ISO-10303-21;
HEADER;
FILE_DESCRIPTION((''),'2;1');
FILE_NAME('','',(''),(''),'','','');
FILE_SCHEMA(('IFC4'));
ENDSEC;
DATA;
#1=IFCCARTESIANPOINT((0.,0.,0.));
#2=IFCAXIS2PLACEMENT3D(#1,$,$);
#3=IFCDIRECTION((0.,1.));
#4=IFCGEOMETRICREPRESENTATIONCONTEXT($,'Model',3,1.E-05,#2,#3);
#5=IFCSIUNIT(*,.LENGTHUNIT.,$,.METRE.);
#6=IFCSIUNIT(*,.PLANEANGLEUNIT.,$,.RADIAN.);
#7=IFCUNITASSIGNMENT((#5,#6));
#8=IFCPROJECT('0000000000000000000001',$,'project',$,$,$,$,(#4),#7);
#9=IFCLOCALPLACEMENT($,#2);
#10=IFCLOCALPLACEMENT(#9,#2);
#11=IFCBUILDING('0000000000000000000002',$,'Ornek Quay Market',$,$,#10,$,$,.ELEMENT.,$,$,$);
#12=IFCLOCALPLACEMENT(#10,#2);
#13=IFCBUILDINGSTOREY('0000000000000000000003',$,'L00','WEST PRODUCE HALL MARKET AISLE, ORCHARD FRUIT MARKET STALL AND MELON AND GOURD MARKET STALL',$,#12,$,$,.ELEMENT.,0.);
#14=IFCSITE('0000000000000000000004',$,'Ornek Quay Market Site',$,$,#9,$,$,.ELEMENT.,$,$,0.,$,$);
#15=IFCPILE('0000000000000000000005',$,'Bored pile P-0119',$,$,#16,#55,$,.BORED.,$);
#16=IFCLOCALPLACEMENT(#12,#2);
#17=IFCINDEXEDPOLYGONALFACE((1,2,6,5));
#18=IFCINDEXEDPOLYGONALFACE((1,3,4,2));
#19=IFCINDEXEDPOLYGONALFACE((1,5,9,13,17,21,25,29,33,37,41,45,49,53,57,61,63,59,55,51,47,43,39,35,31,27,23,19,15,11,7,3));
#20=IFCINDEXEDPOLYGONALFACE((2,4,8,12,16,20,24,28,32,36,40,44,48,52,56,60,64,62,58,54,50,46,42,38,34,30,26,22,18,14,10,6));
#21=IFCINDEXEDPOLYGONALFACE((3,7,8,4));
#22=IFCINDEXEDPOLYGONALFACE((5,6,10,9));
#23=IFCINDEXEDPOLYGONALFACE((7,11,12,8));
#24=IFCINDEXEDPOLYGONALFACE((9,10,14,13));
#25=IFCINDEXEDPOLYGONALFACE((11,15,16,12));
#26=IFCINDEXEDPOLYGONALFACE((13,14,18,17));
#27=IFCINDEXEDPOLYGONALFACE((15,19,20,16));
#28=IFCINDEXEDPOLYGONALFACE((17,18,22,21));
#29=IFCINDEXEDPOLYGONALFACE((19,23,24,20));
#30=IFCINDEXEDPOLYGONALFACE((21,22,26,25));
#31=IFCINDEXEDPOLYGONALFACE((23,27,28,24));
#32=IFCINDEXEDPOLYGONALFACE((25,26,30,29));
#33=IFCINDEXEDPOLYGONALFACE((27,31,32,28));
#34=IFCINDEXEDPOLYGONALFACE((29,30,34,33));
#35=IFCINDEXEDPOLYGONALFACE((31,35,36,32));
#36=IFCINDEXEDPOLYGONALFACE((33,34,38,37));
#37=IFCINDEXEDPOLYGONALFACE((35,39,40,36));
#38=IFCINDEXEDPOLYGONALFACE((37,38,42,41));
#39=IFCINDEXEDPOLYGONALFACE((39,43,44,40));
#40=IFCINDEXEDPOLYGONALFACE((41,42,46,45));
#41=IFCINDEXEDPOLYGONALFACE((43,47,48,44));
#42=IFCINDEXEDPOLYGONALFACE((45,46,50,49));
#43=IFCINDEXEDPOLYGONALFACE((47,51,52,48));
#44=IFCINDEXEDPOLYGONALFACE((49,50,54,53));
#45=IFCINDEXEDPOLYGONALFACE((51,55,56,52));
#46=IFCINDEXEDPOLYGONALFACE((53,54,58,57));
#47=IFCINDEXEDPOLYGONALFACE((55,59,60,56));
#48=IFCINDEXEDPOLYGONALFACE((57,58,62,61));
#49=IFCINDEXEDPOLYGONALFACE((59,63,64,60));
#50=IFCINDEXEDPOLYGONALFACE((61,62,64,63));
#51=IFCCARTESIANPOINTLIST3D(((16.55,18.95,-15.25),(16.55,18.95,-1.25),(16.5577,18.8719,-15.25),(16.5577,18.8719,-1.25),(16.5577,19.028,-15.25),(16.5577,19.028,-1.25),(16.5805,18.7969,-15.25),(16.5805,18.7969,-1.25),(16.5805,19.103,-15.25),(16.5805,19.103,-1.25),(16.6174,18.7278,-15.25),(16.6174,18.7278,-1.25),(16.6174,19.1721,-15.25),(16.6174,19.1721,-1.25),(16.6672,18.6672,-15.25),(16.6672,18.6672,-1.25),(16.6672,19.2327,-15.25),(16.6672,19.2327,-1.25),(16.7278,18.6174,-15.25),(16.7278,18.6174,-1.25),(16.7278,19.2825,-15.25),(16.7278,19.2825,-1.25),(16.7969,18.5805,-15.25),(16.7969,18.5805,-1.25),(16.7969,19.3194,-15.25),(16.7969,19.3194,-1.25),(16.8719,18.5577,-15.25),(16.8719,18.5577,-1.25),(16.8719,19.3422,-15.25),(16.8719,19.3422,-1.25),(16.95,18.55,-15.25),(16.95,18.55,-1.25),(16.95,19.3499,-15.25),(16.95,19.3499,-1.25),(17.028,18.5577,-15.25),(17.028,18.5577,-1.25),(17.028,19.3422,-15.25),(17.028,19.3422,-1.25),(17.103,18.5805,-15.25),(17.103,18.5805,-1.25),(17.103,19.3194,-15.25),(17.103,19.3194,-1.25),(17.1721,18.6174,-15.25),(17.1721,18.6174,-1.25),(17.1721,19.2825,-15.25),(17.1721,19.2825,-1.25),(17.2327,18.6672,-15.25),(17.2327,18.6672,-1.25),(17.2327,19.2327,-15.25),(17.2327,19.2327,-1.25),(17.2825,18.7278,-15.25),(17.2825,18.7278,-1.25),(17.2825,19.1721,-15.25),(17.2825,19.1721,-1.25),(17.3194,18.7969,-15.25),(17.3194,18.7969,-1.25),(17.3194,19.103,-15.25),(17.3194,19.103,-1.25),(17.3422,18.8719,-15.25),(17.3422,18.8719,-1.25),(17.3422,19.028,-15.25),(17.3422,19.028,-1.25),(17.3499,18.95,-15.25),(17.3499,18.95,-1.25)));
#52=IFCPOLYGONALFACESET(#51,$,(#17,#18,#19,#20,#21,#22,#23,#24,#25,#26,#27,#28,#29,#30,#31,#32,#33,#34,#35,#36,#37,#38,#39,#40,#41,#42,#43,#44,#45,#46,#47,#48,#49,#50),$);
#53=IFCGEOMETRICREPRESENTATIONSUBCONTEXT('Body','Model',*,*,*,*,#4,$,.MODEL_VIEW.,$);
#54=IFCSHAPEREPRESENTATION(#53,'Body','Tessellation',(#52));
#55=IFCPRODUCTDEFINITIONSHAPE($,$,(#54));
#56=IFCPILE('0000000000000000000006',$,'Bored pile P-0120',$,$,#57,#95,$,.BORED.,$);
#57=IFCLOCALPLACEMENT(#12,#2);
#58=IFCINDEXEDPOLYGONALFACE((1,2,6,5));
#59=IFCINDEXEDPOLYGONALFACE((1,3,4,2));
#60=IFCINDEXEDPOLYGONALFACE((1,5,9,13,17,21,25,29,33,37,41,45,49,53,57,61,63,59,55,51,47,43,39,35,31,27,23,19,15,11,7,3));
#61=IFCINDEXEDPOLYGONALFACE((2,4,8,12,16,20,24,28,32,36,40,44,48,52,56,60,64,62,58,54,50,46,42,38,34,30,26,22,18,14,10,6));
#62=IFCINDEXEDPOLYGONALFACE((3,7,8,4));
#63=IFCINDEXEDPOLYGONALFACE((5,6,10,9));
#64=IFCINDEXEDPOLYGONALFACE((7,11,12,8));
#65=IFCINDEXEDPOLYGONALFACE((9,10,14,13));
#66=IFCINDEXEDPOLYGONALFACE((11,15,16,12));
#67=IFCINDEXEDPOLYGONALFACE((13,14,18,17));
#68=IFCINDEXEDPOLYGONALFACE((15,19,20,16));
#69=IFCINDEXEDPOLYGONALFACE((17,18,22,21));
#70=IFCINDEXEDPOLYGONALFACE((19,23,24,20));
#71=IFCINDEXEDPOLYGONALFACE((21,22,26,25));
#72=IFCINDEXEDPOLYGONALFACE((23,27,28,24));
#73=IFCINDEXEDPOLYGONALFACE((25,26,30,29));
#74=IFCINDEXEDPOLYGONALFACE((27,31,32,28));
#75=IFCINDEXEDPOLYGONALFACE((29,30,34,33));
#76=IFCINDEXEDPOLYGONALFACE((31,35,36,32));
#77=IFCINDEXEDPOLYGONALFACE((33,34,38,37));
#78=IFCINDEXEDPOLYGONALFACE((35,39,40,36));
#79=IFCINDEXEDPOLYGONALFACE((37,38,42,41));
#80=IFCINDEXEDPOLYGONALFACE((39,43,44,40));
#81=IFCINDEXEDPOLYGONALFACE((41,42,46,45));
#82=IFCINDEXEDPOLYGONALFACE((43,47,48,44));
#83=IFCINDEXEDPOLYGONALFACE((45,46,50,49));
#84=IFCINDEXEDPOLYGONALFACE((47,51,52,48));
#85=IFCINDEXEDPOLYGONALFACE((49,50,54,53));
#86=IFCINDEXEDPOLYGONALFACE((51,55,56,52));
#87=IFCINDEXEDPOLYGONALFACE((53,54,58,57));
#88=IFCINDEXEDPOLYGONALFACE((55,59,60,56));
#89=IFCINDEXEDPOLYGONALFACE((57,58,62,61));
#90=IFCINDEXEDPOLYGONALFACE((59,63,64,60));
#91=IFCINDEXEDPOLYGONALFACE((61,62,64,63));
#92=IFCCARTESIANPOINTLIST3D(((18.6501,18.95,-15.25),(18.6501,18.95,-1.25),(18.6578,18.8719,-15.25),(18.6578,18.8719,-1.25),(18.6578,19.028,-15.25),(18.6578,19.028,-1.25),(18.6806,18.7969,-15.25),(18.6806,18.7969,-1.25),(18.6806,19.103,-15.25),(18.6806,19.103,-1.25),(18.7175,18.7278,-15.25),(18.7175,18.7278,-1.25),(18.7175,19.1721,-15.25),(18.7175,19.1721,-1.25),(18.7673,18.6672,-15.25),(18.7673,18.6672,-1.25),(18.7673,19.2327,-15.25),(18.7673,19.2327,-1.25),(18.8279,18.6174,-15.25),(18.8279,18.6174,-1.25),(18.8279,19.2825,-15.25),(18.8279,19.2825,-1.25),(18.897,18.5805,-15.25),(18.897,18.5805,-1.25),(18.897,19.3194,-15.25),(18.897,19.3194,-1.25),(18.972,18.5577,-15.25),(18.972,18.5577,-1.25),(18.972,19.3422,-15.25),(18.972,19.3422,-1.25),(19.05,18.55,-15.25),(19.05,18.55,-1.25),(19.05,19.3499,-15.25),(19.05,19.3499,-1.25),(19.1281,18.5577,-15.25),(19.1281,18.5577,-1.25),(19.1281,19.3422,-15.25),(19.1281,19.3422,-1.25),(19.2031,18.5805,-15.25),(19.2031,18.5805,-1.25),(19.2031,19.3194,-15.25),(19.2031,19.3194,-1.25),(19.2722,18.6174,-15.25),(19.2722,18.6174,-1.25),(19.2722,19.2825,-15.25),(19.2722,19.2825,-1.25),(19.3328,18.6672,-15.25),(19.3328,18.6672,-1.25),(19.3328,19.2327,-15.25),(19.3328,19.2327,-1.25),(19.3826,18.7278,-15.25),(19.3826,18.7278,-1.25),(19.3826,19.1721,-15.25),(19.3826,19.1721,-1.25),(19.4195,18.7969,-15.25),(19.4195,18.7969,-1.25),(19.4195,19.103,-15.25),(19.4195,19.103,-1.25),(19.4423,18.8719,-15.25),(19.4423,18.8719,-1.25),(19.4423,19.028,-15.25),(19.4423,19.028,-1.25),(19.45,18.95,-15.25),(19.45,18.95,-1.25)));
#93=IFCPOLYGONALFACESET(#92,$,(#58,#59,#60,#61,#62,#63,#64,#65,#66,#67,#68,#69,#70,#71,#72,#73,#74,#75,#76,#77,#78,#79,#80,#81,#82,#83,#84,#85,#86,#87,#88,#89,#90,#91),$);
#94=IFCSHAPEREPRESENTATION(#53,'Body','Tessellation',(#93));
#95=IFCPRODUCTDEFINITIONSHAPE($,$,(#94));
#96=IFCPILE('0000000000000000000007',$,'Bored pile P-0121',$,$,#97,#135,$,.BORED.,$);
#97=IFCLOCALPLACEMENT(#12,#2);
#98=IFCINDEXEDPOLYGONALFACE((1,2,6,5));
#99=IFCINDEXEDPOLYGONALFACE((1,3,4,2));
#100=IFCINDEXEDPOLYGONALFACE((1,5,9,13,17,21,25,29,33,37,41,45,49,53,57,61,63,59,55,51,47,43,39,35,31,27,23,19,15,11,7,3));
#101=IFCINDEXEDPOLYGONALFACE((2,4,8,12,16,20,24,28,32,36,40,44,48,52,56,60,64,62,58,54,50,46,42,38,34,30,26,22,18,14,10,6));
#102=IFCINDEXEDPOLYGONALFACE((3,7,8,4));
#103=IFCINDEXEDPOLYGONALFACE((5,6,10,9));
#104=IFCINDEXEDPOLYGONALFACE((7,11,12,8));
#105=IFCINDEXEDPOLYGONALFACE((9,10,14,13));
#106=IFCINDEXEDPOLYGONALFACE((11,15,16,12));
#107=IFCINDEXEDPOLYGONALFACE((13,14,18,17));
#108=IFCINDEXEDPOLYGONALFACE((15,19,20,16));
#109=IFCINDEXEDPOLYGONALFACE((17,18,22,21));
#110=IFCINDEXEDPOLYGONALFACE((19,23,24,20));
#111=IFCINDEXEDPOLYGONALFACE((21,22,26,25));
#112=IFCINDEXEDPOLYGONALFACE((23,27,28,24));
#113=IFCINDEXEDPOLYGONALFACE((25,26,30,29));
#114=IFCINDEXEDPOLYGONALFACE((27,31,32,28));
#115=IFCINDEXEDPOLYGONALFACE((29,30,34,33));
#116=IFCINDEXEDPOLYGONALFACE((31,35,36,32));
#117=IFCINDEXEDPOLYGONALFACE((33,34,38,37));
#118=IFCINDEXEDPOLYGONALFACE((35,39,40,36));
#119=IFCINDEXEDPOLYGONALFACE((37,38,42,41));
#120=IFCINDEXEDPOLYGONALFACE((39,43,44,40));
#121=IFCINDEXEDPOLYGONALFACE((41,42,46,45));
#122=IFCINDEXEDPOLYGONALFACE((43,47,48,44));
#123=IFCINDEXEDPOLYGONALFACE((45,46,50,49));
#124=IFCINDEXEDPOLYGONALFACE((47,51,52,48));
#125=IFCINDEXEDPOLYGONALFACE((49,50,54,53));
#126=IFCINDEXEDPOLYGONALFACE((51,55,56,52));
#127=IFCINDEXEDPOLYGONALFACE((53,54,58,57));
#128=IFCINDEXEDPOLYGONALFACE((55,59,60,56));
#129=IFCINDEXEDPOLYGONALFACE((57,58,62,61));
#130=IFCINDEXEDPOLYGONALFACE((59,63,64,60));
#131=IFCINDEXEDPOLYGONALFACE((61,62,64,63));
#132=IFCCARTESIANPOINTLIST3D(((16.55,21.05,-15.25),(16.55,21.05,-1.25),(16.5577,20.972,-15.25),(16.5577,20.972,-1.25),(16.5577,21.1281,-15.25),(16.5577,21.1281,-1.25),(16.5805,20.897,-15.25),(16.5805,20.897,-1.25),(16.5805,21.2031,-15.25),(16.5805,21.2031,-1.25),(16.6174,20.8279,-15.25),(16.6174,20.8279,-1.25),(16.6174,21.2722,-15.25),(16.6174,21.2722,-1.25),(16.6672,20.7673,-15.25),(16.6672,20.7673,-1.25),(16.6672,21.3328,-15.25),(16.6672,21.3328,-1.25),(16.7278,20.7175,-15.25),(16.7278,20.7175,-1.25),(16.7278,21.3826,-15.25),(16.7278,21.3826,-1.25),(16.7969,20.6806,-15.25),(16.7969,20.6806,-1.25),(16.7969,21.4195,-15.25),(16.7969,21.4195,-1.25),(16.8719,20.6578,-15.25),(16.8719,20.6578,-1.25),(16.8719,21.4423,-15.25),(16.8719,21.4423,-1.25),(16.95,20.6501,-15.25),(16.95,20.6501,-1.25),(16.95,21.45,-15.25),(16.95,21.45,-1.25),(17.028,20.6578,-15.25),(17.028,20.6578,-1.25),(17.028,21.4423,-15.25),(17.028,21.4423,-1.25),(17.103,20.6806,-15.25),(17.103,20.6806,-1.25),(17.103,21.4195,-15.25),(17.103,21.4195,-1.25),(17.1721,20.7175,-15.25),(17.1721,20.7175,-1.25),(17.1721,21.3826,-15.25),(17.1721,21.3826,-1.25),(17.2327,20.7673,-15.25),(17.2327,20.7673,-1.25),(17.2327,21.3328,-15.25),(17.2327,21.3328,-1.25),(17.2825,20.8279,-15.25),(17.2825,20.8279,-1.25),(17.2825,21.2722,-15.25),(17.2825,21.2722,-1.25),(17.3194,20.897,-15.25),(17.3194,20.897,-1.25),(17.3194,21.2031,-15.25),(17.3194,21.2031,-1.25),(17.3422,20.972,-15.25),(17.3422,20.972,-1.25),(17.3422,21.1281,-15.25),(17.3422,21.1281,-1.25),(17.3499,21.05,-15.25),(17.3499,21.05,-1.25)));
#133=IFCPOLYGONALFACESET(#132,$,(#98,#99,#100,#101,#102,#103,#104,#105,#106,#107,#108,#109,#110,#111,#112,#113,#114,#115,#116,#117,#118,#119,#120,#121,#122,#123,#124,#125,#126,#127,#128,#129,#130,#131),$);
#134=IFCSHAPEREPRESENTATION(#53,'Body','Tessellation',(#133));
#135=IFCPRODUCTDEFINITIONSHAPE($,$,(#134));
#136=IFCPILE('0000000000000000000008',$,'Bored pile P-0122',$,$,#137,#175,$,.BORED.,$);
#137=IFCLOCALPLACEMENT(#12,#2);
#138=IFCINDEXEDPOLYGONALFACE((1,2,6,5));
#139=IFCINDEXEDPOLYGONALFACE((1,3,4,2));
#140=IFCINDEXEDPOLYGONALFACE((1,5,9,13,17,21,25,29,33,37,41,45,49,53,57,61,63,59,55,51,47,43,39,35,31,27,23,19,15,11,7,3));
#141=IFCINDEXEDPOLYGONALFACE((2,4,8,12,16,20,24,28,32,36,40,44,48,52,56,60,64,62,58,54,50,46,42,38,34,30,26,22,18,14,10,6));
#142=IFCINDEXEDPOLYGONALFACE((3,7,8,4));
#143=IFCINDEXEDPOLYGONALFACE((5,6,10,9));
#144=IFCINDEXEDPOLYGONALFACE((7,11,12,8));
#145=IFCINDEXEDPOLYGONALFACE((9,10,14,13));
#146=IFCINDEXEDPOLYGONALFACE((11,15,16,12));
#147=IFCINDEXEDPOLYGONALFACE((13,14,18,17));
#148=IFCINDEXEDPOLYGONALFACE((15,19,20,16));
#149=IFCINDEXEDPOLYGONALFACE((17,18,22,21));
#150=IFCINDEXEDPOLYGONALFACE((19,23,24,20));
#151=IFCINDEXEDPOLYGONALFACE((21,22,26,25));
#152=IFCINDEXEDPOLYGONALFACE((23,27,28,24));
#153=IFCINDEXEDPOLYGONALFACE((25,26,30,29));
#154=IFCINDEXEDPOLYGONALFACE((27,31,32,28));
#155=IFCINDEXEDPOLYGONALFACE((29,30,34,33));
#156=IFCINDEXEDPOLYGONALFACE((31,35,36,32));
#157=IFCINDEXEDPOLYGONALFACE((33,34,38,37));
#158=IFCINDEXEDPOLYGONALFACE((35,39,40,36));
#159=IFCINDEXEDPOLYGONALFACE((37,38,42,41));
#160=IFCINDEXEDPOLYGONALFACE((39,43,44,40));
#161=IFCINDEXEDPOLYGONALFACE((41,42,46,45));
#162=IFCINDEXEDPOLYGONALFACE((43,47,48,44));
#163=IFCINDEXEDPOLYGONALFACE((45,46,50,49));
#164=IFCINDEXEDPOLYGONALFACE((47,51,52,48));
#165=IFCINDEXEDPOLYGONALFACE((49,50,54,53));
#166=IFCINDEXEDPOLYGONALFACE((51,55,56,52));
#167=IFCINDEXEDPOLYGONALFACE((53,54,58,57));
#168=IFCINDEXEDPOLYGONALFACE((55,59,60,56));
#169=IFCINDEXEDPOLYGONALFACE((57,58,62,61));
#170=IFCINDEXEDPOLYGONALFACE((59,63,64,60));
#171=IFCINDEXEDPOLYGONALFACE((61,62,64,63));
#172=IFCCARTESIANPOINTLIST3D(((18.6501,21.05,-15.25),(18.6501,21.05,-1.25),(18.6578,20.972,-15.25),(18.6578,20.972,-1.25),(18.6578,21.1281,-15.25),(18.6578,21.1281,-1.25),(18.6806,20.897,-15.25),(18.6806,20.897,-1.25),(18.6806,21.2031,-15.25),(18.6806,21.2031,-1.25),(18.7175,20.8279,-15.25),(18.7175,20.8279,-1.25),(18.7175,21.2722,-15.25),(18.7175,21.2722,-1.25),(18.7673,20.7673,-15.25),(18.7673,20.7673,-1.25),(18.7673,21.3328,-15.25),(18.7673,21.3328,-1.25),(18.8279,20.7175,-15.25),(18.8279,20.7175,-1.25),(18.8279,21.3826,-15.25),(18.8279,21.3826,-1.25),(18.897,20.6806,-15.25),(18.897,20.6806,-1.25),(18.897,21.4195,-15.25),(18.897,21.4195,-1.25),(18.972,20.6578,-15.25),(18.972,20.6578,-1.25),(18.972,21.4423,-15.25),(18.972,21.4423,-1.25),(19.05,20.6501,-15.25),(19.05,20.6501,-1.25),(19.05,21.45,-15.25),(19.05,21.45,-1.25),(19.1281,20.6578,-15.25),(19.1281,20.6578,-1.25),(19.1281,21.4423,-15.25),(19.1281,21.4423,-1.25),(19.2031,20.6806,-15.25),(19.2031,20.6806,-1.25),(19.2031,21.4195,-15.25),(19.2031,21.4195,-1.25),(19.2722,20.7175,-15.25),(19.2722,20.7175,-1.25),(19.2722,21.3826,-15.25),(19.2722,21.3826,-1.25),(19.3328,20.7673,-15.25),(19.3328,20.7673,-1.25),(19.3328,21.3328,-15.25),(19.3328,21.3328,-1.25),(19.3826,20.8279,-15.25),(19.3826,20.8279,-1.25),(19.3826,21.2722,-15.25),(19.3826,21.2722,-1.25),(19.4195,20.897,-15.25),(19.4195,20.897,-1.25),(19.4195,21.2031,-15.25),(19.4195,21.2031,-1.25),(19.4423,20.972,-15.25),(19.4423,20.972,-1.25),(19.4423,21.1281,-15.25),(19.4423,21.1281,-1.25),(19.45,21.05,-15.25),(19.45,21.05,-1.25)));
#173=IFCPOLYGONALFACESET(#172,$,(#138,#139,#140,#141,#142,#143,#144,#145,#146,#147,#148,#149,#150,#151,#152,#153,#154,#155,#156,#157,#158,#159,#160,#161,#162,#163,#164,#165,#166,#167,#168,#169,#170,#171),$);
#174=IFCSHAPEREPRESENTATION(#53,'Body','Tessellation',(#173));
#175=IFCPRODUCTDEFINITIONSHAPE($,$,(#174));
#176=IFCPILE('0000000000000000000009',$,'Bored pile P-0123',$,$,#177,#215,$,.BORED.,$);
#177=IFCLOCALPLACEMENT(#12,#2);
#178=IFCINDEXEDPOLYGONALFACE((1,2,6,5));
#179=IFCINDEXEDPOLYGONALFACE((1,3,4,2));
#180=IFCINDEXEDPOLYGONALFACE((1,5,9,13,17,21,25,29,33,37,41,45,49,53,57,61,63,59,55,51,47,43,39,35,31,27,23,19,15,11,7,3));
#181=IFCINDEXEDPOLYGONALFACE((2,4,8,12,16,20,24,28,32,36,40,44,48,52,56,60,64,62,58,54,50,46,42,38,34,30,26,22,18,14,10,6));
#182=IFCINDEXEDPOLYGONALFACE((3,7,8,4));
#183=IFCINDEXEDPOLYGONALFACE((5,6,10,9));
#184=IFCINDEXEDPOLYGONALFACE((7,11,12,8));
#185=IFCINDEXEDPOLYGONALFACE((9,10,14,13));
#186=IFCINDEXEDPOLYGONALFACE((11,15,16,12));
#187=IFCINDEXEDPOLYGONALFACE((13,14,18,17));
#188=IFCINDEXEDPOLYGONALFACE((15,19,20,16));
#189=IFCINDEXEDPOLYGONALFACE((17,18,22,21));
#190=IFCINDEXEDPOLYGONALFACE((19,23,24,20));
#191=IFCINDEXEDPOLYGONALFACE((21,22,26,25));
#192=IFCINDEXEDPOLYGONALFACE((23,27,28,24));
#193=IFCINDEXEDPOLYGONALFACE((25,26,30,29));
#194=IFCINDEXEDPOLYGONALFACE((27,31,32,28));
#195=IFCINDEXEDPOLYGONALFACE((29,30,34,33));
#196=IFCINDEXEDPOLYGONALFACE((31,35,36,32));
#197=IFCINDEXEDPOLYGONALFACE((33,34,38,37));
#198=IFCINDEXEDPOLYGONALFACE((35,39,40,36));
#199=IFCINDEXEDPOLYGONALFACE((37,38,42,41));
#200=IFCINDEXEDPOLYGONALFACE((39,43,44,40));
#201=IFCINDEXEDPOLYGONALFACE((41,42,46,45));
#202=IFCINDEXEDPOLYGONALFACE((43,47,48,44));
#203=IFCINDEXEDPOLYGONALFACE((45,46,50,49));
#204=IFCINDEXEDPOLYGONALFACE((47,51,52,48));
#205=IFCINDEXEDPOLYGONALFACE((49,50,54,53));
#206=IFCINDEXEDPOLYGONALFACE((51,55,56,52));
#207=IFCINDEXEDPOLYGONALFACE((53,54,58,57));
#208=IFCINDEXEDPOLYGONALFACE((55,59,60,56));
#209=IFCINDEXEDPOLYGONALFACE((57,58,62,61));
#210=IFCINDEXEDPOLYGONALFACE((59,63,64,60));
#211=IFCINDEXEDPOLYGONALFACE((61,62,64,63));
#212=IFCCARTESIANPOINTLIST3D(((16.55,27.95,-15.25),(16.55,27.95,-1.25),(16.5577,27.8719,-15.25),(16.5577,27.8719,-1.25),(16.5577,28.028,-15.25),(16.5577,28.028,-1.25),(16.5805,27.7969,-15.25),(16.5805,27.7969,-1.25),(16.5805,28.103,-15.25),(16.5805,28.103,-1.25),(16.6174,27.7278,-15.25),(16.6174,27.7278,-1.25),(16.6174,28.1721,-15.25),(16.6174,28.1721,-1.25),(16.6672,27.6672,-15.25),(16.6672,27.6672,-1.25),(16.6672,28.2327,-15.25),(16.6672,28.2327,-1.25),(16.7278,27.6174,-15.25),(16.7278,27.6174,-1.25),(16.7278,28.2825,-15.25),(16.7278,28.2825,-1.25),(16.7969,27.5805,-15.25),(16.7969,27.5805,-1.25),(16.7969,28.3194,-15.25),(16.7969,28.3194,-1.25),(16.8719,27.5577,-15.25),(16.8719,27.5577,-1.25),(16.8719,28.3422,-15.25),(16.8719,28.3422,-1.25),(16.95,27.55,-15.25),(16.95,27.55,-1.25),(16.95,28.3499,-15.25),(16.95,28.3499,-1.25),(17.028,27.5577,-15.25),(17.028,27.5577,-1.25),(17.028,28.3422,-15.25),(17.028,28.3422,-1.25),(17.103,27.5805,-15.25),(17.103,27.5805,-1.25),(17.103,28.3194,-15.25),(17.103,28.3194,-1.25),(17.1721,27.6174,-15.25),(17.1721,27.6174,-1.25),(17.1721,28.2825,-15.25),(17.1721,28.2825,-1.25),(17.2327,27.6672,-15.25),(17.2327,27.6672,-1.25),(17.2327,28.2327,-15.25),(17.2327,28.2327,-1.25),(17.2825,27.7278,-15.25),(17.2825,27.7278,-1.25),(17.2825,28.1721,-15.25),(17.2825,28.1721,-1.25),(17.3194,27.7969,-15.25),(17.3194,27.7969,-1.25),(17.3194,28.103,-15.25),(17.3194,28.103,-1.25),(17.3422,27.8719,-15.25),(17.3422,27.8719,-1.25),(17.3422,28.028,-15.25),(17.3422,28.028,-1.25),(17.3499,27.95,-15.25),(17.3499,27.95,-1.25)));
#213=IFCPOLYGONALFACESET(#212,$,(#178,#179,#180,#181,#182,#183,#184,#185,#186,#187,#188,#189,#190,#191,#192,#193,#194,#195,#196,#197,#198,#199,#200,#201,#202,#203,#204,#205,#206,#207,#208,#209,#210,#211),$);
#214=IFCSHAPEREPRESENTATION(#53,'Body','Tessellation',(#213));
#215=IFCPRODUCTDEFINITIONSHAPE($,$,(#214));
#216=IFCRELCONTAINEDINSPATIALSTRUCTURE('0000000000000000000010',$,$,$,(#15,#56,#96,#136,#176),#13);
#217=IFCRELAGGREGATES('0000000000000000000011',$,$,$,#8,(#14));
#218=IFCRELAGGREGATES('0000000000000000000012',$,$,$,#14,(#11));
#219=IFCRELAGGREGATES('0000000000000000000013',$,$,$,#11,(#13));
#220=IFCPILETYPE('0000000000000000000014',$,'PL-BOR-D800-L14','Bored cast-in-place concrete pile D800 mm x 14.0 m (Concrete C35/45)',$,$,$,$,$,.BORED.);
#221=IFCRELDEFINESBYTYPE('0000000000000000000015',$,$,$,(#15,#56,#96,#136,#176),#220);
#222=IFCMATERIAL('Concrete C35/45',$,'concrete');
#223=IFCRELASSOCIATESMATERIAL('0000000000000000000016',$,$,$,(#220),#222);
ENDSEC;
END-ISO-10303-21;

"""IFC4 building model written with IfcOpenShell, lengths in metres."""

from ifc_helpers import new_model, si_unit, direction, frame, origin, origin_2d, place, context, subcontext, project, spatial, circle, extrude, material, material_profile, profile_set, type_object, element, save


model = new_model("IFC4")

# Units and contexts
model_context = context("Model", 3, precision=1e-05, world=origin(), true_north=direction((0.0, 1.0)))
body_context = subcontext(model_context, "Body", "Model", "MODEL_VIEW")
ifc_project = project(units=[si_unit("LENGTHUNIT", "METRE"), si_unit("PLANEANGLEUNIT", "RADIAN")], contexts=[model_context])

# Site, building, storey
site_placement = place(None, origin())
site = spatial("IfcSite", under=ifc_project, at=site_placement, Name="Ornek Quay Market Site", CompositionType="ELEMENT", RefElevation=0.0)
building_placement = place(site_placement, origin())
building = spatial("IfcBuilding", under=site, at=building_placement, Name="Ornek Quay Market", CompositionType="ELEMENT")
storey_placement = place(building_placement, origin())
storey = spatial("IfcBuildingStorey", under=building, at=storey_placement, Name="L00", Description="WEST PRODUCE HALL MARKET AISLE, ORCHARD FRUIT MARKET STALL AND MELON AND GOURD MARKET STALL", CompositionType="ELEMENT", Elevation=0.0)

# Piles
ifc_material_1 = material(Name="Concrete C35/45", Category="concrete")
ifc_material_profile_1 = material_profile(ifc_material_1, circle(Radius=0.3999, at=origin_2d()), Name="PILE D800", Category="concrete")
ifc_profile_set_1 = profile_set([ifc_material_profile_1], Name="Concrete C35/45")
pile_type = type_object("IfcPileType", Name="PL-BOR-D800-L14", Description="Bored cast-in-place concrete pile D800 mm x 14.0 m (Concrete C35/45)", PredefinedType="BORED", material=ifc_profile_set_1)
for number, where, z_axis, x_axis, name in (
    (1, (16.95, 18.95, -1.25), (0.0, 0.0, -1.0), (1.0, 0.0, 0.0), "Bored pile P-0119"),
    (2, (19.05, 18.95, -1.25), (0.0, 0.0, -1.0), (1.0, 0.0, 0.0), "Bored pile P-0120"),
    (3, (16.95, 21.05, -1.25), (0.0, 0.0, -1.0), (1.0, 0.0, 0.0), "Bored pile P-0121"),
    (4, (19.05, 21.05, -1.25), (0.0, 0.0, -1.0), (1.0, 0.0, 0.0), "Bored pile P-0122"),
    (5, (16.95, 27.95, -1.25), (0.0, 0.0, -1.0), (1.0, 0.0, 0.0), "Bored pile P-0123"),
):
    element("IfcPile", number, at=place(storey_placement, frame(where, z_axis=z_axis, x_axis=x_axis)), inside=storey, type_object=pile_type, Name=name, PredefinedType="BORED", context=body_context, shape_type="SweptSolid", body=[
        extrude(circle(Radius=0.3999, at=origin_2d()), origin(), (0.0, 0.0, 1.0), 14.0),
    ])

save(model, "model.ifc")
